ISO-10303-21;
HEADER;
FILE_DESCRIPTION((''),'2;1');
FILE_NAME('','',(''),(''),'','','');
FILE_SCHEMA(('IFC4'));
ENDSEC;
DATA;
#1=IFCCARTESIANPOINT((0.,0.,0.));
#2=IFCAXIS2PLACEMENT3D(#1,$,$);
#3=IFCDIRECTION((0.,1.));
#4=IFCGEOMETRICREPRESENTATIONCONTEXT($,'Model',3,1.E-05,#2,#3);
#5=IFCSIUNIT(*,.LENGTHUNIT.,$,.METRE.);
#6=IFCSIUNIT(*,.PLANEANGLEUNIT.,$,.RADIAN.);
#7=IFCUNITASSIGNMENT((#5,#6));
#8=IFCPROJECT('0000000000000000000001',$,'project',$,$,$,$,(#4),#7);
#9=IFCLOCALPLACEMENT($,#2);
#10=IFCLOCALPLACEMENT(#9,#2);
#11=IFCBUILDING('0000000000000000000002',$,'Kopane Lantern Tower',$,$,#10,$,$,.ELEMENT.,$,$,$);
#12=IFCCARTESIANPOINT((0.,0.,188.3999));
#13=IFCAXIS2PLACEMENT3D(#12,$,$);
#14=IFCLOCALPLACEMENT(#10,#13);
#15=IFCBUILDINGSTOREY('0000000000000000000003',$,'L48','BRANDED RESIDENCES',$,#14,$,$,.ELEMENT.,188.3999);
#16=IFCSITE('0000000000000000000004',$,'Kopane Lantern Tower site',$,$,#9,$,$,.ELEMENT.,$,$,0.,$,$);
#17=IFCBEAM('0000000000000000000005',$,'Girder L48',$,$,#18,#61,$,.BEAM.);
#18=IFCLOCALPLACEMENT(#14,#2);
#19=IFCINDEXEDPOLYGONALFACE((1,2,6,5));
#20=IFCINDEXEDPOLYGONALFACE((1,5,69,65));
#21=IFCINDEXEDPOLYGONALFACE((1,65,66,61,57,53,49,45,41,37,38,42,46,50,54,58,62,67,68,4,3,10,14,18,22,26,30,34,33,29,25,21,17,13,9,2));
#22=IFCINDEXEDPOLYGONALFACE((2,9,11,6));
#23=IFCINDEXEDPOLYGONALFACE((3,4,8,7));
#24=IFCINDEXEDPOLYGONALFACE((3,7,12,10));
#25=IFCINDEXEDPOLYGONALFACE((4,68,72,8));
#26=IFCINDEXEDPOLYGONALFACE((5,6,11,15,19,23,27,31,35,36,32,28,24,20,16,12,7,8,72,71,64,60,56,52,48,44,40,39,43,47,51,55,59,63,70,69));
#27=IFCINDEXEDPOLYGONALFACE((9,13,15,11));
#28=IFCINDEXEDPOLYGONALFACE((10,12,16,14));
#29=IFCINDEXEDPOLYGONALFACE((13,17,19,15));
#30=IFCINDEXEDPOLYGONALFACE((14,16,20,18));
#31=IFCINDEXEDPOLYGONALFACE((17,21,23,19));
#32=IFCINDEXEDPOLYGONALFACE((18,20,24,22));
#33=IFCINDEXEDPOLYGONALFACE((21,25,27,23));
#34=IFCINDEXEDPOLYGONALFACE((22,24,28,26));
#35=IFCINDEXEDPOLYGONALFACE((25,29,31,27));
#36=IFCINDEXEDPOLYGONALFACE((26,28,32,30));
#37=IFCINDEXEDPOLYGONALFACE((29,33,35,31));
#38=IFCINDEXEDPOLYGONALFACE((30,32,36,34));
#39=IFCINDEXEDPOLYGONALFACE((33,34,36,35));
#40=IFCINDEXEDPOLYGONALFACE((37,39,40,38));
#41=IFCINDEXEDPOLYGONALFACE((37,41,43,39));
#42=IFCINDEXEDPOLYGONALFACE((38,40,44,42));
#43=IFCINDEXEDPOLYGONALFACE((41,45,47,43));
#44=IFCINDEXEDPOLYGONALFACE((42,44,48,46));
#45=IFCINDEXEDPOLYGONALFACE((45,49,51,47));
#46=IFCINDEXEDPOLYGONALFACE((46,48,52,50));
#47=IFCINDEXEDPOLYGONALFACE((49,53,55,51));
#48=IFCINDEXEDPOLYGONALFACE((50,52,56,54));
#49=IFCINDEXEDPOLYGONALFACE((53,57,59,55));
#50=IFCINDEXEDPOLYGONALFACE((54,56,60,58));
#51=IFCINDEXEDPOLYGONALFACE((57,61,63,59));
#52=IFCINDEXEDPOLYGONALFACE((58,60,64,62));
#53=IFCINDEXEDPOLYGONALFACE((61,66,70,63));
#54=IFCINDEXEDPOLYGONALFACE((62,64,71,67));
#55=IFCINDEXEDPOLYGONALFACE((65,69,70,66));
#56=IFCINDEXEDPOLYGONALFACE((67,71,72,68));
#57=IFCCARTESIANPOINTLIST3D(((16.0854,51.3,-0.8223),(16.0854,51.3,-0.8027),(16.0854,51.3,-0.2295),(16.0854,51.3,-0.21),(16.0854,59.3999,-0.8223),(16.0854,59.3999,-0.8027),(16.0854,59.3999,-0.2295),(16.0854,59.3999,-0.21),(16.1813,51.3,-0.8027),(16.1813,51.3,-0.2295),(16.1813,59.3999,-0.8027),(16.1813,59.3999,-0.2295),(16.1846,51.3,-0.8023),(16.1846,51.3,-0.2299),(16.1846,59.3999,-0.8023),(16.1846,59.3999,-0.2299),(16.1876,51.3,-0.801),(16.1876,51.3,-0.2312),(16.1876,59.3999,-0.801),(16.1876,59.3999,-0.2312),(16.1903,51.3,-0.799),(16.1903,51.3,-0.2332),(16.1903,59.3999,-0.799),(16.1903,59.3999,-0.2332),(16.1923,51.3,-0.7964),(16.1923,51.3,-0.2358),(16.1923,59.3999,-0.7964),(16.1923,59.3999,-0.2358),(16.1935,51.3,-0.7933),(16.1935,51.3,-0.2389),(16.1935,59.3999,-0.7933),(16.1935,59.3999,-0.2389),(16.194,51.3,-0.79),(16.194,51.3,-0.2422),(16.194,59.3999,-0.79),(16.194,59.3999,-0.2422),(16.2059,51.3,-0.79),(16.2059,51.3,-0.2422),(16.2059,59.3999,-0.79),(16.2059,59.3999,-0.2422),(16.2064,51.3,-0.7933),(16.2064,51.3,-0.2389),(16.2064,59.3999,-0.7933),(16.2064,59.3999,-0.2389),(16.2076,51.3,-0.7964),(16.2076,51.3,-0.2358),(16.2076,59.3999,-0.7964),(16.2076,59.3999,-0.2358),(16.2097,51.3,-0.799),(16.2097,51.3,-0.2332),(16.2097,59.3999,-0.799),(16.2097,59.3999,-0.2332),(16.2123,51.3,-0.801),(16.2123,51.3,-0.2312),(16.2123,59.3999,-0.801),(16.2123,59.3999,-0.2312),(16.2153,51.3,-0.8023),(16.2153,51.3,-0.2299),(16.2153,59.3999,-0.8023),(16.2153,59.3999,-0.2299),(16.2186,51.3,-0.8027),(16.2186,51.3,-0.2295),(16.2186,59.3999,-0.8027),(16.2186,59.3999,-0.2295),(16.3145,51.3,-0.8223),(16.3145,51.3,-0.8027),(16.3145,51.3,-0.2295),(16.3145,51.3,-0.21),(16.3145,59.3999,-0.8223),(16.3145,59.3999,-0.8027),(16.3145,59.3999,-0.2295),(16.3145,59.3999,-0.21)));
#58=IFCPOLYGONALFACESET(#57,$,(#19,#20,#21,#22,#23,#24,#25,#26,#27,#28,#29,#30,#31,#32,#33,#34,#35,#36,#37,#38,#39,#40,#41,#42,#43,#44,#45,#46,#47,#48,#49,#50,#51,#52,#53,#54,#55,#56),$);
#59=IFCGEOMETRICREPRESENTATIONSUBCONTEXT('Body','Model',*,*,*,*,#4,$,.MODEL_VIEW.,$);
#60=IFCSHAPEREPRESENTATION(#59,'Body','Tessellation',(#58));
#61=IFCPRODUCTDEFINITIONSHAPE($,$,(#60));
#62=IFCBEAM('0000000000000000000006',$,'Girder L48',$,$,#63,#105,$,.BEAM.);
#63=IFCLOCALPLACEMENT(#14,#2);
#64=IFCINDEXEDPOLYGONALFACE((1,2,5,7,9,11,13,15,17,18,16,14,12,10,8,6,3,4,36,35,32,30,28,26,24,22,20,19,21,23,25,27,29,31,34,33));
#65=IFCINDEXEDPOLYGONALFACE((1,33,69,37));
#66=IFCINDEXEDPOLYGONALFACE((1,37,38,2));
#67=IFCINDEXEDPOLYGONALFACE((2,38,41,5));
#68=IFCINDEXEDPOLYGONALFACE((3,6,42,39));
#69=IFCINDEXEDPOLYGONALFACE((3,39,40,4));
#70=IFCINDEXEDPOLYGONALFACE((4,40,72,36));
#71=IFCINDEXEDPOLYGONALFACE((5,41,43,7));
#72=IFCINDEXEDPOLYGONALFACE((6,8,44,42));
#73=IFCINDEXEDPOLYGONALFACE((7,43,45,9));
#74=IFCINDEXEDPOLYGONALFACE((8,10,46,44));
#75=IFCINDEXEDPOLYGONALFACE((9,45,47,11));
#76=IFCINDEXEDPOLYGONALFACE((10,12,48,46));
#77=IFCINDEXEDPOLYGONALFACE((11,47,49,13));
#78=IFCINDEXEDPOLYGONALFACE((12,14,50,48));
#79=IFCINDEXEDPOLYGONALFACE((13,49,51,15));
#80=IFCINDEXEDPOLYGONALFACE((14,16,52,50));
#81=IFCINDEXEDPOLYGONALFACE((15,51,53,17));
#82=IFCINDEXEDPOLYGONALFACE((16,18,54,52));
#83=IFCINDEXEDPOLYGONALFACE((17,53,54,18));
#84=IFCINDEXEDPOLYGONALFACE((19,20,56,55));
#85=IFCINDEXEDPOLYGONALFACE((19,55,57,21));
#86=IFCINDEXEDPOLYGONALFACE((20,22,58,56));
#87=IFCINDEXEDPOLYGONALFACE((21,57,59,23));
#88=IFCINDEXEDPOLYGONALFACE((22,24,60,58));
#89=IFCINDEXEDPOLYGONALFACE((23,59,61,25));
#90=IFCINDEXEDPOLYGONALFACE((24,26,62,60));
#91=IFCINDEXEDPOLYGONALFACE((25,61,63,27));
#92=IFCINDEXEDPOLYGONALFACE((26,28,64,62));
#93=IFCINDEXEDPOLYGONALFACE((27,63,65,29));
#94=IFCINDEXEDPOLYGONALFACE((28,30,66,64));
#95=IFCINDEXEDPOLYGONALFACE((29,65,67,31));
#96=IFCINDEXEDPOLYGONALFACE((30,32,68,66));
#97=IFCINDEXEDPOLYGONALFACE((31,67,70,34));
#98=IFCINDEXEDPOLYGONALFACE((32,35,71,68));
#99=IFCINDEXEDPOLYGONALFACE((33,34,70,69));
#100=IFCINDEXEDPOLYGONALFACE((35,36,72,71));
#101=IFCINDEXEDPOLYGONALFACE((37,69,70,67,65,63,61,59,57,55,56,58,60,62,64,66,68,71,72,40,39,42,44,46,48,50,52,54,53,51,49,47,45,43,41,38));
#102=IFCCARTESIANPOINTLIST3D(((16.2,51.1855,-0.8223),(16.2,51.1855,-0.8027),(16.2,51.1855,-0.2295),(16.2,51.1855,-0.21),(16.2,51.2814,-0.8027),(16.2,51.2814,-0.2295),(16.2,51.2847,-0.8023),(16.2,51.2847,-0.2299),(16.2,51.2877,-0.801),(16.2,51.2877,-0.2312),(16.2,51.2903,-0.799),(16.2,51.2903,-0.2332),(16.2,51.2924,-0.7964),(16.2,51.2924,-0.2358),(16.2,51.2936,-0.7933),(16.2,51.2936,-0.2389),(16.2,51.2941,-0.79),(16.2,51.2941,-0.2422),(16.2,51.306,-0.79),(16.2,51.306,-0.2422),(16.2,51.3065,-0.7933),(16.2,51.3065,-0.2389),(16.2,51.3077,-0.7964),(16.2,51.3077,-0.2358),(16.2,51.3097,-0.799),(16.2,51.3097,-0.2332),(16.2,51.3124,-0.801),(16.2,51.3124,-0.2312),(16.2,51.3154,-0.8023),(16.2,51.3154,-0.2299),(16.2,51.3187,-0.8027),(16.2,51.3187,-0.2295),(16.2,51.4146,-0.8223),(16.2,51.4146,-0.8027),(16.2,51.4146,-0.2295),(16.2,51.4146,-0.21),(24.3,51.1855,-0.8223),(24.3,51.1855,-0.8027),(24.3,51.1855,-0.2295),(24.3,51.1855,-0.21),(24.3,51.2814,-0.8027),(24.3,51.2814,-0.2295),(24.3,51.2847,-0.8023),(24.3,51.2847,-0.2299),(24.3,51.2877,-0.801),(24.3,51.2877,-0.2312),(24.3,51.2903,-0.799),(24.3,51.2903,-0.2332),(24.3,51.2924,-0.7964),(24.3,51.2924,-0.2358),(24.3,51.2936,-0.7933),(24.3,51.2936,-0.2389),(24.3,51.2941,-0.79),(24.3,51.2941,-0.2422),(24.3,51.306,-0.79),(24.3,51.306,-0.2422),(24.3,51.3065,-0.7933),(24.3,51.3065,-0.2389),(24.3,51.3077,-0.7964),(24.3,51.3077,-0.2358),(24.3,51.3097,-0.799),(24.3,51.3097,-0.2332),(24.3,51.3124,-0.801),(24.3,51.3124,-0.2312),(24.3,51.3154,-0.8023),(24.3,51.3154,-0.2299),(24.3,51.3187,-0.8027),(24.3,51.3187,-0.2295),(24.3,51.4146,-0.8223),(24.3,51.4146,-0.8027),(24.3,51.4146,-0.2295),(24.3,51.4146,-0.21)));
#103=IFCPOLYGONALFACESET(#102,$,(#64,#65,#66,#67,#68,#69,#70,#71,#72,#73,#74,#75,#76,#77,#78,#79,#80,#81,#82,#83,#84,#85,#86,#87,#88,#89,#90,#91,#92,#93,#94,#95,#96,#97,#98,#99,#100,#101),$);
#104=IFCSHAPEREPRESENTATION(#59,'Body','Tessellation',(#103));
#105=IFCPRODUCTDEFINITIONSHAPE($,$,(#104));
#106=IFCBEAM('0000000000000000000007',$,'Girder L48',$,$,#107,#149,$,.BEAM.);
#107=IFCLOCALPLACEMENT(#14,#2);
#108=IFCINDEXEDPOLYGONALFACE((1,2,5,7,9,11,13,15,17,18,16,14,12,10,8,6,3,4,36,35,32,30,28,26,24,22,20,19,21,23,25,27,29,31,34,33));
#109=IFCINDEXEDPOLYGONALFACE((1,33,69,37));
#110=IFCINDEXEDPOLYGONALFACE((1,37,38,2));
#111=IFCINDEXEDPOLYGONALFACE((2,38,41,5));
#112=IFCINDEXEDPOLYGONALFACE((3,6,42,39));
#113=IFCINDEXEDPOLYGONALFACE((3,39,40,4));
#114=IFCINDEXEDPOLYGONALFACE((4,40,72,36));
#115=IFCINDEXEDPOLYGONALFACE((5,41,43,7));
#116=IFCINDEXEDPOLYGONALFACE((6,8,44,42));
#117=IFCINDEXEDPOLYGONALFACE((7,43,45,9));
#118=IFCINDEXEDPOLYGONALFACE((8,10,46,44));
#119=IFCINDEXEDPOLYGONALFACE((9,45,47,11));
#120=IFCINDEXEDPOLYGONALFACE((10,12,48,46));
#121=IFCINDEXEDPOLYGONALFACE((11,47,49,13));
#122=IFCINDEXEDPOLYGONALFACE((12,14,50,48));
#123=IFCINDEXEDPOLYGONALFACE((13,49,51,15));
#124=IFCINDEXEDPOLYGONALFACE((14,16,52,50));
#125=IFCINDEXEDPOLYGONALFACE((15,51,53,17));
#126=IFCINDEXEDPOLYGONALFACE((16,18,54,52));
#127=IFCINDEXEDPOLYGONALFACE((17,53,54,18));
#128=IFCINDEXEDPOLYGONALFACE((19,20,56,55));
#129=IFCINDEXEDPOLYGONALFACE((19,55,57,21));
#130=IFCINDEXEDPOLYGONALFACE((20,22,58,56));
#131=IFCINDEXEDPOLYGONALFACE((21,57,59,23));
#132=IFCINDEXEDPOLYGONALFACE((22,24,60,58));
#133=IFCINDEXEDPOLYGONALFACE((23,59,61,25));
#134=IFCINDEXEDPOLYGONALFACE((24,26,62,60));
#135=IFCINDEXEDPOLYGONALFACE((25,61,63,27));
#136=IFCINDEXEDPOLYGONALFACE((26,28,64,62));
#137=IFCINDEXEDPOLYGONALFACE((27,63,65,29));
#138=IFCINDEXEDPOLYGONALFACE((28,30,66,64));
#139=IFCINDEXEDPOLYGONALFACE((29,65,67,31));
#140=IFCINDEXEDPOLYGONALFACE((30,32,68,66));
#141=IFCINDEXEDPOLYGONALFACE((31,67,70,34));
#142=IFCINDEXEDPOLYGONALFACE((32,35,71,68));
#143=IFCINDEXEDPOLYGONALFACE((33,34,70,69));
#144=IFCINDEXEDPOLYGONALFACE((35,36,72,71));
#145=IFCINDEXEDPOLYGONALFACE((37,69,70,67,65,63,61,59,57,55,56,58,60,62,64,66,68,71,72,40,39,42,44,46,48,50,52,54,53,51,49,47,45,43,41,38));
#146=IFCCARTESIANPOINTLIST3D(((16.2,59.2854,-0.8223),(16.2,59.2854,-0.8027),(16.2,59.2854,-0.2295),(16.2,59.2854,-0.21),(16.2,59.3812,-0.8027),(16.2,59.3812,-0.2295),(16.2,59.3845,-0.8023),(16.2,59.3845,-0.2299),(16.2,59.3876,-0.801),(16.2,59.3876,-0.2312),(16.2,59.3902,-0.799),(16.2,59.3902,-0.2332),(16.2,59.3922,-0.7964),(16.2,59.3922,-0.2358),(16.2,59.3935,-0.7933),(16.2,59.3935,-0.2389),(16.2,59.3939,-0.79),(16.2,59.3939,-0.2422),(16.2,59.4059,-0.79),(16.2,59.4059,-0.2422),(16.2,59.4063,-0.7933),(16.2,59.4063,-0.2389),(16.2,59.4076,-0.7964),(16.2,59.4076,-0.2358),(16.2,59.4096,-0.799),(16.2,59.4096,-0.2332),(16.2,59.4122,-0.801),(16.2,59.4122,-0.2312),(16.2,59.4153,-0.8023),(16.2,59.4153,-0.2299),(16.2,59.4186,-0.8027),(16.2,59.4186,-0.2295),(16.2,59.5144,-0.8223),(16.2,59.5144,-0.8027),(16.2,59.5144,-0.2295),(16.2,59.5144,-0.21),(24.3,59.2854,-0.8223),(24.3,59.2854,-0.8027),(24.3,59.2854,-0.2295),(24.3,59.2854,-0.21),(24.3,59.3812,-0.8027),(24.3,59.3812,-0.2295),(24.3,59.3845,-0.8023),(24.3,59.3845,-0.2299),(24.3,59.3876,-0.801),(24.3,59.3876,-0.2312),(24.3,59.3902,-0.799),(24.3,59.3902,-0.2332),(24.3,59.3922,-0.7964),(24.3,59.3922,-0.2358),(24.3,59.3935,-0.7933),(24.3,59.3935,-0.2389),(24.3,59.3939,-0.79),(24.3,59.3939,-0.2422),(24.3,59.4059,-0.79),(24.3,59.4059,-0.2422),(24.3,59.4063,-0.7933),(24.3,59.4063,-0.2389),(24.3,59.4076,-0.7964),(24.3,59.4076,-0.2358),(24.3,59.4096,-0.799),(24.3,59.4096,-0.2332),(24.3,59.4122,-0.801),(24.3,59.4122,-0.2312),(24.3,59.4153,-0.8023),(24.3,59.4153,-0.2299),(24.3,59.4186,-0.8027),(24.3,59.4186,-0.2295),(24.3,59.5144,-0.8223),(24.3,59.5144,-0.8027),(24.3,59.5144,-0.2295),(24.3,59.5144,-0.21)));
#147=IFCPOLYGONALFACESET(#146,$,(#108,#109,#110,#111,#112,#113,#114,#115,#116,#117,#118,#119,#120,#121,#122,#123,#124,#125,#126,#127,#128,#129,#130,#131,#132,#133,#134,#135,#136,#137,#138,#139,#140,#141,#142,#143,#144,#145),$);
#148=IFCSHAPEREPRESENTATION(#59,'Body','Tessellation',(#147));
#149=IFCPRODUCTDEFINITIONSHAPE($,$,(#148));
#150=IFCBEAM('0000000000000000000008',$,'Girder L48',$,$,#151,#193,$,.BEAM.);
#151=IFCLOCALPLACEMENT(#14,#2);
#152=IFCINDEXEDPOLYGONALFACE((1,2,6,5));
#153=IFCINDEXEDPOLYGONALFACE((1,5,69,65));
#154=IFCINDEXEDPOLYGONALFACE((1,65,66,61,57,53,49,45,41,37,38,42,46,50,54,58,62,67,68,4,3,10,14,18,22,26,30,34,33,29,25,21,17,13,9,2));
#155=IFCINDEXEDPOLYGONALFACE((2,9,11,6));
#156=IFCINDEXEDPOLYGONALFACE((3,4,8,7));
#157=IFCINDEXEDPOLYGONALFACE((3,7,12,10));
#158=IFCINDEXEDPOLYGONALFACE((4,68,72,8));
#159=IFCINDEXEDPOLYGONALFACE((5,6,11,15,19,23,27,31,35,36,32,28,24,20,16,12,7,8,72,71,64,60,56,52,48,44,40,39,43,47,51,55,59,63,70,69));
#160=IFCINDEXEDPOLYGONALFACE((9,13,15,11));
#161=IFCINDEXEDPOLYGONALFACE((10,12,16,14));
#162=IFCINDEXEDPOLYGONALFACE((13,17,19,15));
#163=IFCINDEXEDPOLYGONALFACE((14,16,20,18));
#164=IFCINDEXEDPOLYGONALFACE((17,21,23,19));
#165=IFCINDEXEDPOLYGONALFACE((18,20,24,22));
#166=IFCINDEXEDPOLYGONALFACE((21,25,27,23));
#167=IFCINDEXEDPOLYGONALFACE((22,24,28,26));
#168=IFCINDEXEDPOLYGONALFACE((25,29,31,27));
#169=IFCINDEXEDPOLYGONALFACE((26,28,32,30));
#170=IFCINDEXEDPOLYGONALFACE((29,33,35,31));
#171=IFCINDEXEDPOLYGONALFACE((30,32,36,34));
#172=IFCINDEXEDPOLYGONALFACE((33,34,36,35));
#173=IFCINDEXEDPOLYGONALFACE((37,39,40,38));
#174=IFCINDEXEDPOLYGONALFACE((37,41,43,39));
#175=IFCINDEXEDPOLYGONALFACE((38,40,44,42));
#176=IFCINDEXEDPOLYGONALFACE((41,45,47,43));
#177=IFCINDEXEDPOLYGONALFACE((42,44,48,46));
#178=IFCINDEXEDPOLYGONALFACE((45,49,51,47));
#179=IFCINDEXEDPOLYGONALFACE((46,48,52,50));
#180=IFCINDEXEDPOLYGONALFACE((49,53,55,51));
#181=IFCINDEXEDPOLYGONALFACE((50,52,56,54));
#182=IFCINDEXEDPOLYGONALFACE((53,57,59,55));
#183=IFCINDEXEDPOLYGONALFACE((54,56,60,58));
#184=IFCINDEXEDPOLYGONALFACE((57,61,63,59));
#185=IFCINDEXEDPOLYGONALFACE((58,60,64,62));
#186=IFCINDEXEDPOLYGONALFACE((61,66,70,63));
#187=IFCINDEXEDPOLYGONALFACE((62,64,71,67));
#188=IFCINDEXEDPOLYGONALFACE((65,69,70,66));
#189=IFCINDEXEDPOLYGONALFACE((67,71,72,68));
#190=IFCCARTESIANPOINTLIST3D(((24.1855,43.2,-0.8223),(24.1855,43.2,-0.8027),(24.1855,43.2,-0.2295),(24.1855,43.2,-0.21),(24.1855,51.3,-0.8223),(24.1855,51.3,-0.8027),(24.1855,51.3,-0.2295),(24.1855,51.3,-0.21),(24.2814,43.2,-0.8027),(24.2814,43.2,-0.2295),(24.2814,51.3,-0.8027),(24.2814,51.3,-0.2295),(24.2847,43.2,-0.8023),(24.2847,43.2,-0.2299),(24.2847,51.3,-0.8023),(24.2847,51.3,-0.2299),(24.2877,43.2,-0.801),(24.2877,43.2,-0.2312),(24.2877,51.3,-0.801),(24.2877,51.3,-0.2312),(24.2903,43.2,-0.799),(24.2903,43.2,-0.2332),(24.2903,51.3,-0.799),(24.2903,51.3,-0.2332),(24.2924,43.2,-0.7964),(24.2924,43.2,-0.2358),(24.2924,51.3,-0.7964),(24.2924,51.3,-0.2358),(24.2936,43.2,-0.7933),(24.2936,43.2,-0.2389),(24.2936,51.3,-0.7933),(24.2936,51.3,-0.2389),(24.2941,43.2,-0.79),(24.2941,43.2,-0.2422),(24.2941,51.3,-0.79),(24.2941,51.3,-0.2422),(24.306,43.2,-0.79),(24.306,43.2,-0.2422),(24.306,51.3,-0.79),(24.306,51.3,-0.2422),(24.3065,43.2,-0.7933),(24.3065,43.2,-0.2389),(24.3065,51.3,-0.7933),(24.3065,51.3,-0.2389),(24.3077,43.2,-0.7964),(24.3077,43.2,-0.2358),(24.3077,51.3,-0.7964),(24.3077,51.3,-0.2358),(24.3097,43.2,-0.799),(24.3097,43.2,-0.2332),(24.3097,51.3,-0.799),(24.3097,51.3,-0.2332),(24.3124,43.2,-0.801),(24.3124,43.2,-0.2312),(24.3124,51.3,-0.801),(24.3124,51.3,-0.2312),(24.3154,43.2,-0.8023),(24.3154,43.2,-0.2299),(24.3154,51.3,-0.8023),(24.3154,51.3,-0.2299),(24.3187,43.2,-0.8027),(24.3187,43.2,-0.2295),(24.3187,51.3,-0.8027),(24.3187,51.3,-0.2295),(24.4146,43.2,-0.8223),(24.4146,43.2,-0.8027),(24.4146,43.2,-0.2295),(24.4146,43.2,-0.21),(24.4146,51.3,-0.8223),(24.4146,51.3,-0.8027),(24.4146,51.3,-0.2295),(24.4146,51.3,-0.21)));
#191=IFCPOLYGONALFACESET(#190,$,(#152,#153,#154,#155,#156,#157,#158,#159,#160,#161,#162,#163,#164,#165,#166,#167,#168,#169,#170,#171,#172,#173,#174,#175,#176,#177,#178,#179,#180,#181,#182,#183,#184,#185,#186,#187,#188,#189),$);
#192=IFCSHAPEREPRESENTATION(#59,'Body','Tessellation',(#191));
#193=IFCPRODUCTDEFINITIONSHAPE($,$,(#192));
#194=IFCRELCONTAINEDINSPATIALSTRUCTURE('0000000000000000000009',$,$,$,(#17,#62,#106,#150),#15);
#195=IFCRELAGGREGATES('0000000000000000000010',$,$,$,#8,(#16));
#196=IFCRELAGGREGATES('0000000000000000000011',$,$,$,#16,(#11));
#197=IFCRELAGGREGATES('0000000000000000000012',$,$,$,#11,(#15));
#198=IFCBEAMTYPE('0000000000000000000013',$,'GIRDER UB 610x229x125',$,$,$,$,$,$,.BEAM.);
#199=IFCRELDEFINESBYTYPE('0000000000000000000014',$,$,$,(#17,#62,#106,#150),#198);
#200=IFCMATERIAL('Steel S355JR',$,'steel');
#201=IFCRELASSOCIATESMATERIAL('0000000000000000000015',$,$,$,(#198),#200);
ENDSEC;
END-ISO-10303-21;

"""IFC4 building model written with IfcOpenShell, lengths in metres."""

from ifc_helpers import new_model, si_unit, direction, frame, origin, origin_2d, place, context, subcontext, project, spatial, i_section, extrude, material, material_profile, profile_set, type_object, element, save


model = new_model("IFC4")

# Units and contexts
model_context = context("Model", 3, precision=1e-05, world=origin(), true_north=direction((0.0, 1.0)))
body_context = subcontext(model_context, "Body", "Model", "MODEL_VIEW")
ifc_project = project(units=[si_unit("LENGTHUNIT", "METRE"), si_unit("PLANEANGLEUNIT", "RADIAN")], contexts=[model_context])

# Site, building, storey
site_placement = place(None, origin())
site = spatial("IfcSite", under=ifc_project, at=site_placement, Name="Kopane Lantern Tower site", CompositionType="ELEMENT", RefElevation=0.0)
building_placement = place(site_placement, origin())
building = spatial("IfcBuilding", under=site, at=building_placement, Name="Kopane Lantern Tower", CompositionType="ELEMENT")
storey_placement = place(building_placement, frame((0.0, 0.0, 188.3999)))
storey = spatial("IfcBuildingStorey", under=building, at=storey_placement, Name="L48", Description="BRANDED RESIDENCES", CompositionType="ELEMENT", Elevation=188.3999)

# Beams
ifc_material_1 = material(Name="Steel S355JR", Category="steel")
ifc_material_profile_1 = material_profile(ifc_material_1, i_section(OverallWidth=0.229, OverallDepth=0.6123, WebThickness=0.012, FlangeThickness=0.0195, FilletRadius=0.0127, at=origin_2d()), Name="UB 610x229x125")
ifc_profile_set_1 = profile_set([ifc_material_profile_1], Name="Steel S355JR")
beam_type = type_object("IfcBeamType", Name="GIRDER UB 610x229x125", PredefinedType="BEAM", material=ifc_profile_set_1)
beam_placement = place(storey_placement, frame((16.2, 51.3, -0.5161), z_axis=(0.0, 1.0, 0.0), x_axis=(-1.0, 0.0, 0.0)))
element("IfcBeam", 1, at=beam_placement, inside=storey, type_object=beam_type, Name="Girder L48", PredefinedType="BEAM", context=body_context, shape_type="SweptSolid", body=[
    extrude(i_section(OverallWidth=0.229, OverallDepth=0.6123, WebThickness=0.012, FlangeThickness=0.0195, FilletRadius=0.0127, at=origin_2d()), origin(), (0.0, 0.0, 1.0), 8.0999),
])
for number, where, z_axis, x_axis, name in (
    (2, (16.2, 51.3, -0.5161), (1.0, 0.0, 0.0), (0.0, 1.0, 0.0), "Girder L48"),
    (3, (16.2, 59.3999, -0.5161), (1.0, 0.0, 0.0), (0.0, 1.0, 0.0), "Girder L48"),
    (4, (24.3, 43.2, -0.5161), (0.0, 1.0, 0.0), (-1.0, 0.0, 0.0), "Girder L48"),
):
    element("IfcBeam", number, at=place(storey_placement, frame(where, z_axis=z_axis, x_axis=x_axis)), inside=storey, type_object=beam_type, Name=name, PredefinedType="BEAM", context=body_context, shape_type="SweptSolid", body=[
        extrude(i_section(OverallWidth=0.229, OverallDepth=0.6123, WebThickness=0.012, FlangeThickness=0.0195, FilletRadius=0.0127, at=origin_2d()), origin(), (0.0, 0.0, 1.0), 8.1001),
    ])

save(model, "model.ifc")
